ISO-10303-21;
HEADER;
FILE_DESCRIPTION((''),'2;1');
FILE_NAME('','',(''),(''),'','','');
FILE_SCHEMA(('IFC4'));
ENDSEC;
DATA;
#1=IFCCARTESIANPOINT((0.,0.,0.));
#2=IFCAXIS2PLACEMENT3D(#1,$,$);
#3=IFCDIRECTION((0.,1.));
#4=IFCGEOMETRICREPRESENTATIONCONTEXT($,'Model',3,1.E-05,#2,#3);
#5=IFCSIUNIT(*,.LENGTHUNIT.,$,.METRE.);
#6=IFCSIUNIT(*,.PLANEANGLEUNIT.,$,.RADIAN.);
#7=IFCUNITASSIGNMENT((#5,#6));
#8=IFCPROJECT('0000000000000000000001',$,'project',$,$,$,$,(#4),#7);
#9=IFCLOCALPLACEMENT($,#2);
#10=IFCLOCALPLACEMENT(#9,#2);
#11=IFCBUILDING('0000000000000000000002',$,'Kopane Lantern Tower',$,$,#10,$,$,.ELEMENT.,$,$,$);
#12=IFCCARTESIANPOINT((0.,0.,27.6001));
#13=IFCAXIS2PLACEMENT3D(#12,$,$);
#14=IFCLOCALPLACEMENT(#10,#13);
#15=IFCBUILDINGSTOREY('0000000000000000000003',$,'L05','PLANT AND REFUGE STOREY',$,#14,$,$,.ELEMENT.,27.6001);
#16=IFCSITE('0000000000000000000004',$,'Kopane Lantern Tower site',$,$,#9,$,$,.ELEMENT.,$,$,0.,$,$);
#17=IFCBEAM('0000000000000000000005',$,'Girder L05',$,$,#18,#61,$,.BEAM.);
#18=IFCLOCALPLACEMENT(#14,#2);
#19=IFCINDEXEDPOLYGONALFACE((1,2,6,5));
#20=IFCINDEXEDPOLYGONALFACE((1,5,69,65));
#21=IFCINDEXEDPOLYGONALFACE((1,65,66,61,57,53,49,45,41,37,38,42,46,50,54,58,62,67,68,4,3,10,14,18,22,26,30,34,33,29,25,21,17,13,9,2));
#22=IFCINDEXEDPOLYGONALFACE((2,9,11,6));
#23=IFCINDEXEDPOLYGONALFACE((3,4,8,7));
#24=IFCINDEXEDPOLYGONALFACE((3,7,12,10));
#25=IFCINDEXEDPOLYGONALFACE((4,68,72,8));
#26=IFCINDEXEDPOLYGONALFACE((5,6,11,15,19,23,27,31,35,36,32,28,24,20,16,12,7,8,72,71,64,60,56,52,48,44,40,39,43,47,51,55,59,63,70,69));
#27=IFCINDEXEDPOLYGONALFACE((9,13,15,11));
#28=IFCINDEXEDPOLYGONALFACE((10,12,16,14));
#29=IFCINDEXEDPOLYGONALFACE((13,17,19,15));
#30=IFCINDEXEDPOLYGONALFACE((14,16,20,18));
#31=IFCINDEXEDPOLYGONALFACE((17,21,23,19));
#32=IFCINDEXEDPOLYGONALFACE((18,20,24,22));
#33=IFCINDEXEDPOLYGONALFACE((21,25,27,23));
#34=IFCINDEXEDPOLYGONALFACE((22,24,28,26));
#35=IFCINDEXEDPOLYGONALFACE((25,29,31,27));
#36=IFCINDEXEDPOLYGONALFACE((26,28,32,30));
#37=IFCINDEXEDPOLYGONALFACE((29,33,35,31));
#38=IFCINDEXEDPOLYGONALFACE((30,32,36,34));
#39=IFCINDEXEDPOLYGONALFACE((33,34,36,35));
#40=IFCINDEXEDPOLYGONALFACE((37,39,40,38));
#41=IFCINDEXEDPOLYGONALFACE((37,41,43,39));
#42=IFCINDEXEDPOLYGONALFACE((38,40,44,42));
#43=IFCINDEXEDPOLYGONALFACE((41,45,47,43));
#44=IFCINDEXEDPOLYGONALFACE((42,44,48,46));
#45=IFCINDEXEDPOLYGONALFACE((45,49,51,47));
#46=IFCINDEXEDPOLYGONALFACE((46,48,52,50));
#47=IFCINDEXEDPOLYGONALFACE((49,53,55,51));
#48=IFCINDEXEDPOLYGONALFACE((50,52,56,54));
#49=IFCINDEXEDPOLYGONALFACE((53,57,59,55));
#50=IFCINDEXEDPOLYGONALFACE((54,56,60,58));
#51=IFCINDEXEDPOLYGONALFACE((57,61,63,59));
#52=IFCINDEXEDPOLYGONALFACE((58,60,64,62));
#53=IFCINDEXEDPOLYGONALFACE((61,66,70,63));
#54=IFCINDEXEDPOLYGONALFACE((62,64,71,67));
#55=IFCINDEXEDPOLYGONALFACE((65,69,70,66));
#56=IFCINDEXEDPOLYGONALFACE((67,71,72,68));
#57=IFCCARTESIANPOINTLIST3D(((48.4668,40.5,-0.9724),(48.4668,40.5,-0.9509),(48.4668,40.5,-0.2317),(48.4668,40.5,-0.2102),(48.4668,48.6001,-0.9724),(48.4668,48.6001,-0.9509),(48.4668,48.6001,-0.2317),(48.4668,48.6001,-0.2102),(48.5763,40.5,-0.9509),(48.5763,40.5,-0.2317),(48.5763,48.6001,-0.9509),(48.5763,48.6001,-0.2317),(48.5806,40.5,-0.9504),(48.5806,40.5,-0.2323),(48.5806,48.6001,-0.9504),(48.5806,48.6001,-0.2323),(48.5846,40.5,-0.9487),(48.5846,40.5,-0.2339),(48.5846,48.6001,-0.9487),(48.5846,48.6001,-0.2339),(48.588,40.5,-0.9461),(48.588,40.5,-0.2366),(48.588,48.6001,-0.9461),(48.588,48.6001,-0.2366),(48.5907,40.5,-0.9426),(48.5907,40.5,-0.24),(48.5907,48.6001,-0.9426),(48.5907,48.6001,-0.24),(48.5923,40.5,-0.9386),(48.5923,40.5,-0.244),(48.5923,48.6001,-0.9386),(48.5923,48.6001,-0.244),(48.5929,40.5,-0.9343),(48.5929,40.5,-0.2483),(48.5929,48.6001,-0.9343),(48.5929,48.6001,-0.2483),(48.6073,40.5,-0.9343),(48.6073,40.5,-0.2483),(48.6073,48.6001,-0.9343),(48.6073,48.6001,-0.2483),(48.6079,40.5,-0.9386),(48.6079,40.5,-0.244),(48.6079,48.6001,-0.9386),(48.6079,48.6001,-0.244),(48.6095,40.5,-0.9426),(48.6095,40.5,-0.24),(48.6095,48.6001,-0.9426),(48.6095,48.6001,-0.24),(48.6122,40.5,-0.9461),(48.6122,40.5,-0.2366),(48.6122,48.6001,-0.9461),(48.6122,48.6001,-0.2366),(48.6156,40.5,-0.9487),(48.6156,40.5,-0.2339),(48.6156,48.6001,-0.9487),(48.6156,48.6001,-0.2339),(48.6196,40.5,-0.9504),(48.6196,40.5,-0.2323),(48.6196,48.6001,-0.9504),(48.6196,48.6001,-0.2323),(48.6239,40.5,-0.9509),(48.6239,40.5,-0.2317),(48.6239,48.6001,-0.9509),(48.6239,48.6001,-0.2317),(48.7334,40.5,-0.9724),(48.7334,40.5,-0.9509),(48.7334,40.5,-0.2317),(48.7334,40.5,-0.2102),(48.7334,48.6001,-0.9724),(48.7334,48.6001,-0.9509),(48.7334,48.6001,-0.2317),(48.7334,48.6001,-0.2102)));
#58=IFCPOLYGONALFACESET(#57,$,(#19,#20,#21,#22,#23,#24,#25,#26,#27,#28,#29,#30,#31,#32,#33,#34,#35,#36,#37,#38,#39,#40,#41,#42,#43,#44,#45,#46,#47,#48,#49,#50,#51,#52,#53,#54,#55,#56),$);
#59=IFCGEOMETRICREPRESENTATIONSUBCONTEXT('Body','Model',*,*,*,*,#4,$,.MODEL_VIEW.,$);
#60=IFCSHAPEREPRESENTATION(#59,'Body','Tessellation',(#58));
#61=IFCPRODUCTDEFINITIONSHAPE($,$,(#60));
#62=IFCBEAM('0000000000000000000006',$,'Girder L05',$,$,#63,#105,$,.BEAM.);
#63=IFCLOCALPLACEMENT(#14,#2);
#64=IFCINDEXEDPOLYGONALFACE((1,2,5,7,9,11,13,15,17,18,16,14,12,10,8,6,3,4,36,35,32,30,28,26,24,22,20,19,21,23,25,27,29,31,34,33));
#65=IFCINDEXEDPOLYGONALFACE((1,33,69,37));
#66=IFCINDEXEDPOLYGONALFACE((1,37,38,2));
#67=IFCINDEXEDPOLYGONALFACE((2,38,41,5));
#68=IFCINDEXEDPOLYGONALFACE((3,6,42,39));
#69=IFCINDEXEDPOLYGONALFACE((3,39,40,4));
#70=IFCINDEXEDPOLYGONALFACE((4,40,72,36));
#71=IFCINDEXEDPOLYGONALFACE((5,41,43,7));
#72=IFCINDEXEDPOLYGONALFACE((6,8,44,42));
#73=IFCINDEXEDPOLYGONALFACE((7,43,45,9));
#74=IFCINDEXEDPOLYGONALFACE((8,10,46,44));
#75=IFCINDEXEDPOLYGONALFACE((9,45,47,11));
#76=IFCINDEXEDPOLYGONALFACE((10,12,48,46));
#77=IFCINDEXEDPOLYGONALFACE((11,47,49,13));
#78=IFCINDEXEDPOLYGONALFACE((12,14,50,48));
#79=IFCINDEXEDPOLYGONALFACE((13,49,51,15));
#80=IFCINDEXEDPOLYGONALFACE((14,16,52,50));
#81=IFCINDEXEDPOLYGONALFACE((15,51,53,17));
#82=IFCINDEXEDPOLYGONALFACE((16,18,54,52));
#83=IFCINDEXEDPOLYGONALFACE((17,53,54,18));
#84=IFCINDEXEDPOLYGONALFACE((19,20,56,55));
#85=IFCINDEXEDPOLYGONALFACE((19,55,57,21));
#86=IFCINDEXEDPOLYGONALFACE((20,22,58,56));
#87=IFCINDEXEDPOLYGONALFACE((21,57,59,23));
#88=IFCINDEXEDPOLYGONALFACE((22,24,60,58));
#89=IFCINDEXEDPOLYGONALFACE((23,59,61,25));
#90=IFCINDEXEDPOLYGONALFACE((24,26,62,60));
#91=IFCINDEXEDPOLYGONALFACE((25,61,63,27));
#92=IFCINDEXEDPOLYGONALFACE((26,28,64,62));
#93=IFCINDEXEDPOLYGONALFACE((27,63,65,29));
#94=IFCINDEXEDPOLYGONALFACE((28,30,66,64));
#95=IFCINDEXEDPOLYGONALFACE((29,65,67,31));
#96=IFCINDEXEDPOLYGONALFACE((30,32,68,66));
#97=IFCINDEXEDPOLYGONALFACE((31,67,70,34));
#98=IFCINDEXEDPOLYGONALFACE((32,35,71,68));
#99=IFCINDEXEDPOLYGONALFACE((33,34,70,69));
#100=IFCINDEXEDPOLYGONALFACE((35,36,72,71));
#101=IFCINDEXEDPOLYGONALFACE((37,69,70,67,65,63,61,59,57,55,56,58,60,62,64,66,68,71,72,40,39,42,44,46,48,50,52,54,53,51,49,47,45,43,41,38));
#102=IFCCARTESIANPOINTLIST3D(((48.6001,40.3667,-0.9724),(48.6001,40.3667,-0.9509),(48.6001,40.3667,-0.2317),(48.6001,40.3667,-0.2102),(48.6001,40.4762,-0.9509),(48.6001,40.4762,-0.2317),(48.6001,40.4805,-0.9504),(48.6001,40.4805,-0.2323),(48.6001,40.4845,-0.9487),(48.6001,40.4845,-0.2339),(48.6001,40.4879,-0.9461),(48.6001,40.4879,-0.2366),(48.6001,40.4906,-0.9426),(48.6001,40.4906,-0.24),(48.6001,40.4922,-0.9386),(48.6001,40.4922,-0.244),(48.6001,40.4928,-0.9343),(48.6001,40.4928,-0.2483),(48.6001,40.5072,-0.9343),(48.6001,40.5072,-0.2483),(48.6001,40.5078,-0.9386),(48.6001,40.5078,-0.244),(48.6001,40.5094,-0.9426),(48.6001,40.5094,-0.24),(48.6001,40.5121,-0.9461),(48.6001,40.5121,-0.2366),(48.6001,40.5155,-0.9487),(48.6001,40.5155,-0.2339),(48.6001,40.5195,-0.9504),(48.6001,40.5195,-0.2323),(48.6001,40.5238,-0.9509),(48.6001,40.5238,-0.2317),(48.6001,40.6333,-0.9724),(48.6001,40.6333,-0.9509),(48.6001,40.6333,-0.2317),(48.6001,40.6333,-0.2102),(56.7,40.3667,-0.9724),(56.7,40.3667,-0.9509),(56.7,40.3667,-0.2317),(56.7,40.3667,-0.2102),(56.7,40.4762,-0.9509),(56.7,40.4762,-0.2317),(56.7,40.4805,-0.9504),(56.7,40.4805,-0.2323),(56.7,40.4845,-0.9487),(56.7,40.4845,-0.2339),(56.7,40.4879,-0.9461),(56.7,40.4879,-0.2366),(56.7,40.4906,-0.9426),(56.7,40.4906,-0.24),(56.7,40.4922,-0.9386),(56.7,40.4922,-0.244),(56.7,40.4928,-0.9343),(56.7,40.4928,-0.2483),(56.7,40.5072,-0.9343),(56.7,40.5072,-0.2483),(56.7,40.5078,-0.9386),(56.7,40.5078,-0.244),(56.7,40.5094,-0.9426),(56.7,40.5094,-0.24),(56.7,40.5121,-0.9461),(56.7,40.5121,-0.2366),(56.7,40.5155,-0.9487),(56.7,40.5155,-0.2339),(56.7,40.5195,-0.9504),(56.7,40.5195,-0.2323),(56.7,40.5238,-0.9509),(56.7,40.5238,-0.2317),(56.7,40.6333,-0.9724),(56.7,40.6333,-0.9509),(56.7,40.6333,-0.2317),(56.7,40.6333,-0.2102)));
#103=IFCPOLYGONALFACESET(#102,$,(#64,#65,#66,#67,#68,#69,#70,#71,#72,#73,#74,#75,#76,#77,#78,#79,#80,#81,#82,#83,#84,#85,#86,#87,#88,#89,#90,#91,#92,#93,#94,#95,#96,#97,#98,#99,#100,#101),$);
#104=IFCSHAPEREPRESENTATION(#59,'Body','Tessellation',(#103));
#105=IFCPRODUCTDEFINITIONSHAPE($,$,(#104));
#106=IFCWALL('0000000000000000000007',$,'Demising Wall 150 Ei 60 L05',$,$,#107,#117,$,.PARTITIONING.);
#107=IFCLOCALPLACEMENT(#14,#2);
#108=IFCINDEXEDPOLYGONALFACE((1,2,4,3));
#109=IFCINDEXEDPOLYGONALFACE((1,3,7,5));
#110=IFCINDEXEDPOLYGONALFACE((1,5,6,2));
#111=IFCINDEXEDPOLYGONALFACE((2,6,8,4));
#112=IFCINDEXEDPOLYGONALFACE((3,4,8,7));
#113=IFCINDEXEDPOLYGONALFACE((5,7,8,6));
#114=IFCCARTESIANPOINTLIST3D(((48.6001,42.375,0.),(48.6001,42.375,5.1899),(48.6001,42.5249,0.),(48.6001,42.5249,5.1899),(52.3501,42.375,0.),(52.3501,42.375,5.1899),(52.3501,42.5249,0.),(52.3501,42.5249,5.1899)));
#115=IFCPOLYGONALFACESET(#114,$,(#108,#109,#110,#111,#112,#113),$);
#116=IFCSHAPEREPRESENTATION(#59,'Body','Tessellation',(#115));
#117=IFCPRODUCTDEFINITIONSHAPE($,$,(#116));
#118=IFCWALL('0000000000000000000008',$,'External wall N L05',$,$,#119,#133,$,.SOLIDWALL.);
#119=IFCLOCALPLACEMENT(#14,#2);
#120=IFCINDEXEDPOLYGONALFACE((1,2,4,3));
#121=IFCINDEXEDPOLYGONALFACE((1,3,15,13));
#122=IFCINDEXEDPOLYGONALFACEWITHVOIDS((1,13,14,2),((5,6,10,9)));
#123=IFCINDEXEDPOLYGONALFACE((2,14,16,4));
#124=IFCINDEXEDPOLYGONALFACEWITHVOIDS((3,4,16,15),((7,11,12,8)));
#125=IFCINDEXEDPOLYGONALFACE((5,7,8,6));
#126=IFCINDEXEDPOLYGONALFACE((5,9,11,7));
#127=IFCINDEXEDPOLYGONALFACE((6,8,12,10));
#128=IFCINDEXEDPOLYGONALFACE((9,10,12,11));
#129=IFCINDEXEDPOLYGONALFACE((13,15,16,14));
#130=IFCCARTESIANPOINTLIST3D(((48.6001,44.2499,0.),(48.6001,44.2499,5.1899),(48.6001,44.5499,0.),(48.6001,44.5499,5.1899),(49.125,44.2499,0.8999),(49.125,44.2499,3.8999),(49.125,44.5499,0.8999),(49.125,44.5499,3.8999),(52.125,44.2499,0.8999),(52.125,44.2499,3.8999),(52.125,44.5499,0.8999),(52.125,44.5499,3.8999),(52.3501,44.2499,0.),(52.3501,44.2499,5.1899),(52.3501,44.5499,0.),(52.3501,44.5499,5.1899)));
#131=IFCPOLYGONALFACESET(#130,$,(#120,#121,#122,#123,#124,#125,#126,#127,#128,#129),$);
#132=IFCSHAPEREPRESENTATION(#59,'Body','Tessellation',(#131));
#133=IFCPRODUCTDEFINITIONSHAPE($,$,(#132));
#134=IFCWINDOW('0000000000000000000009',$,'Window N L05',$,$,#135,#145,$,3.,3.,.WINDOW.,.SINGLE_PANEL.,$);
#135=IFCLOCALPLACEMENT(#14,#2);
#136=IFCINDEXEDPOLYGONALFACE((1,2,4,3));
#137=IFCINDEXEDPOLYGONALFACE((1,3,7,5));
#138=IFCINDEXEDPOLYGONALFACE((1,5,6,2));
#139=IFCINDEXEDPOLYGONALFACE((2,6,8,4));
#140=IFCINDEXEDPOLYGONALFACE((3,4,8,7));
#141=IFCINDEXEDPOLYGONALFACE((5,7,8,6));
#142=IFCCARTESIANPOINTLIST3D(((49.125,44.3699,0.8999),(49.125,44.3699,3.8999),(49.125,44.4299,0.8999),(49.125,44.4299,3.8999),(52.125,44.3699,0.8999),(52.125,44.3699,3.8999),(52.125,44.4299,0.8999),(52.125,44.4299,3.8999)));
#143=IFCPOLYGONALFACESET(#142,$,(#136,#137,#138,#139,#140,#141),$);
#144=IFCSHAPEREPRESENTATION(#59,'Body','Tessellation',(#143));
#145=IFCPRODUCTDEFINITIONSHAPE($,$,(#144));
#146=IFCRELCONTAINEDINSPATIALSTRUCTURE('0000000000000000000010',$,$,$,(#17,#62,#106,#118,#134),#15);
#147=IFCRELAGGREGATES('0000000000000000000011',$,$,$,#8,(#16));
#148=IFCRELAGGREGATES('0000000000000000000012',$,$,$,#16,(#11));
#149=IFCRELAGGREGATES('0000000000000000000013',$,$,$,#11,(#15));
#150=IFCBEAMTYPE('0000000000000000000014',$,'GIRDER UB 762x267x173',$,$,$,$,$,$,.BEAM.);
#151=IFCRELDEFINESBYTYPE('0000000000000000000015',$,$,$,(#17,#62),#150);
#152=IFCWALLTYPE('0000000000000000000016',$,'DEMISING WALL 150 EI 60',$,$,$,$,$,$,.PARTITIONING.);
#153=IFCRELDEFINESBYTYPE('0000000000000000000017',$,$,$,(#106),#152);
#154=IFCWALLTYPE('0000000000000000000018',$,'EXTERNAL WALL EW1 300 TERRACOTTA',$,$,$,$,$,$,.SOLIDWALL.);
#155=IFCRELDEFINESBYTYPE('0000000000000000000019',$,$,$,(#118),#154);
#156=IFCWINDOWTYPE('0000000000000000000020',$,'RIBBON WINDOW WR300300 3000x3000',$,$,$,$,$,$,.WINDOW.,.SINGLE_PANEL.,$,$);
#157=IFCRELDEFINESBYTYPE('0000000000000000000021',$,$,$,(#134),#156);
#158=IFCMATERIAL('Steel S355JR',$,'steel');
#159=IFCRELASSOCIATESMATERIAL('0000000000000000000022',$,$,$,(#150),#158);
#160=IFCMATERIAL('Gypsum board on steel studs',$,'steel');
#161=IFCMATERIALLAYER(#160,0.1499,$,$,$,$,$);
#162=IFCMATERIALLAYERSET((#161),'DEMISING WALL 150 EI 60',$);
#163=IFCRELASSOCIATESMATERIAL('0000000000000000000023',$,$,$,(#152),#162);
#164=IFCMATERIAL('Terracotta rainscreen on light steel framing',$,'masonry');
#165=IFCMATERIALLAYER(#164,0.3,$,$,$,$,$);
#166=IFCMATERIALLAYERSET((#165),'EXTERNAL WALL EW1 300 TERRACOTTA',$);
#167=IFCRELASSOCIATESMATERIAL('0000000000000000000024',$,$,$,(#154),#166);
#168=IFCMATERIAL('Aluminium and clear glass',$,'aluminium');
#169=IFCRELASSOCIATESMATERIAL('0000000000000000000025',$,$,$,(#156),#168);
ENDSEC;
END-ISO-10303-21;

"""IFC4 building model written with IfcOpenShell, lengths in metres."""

from ifc_helpers import new_model, si_unit, direction, frame, frame_2d, origin, origin_2d, place, context, subcontext, project, spatial, rectangle, i_section, extrude, material, layer, layer_set, material_profile, profile_set, type_object, element, fill, save


model = new_model("IFC4")

# Units and contexts
model_context = context("Model", 3, precision=1e-05, world=origin(), true_north=direction((0.0, 1.0)))
body_context = subcontext(model_context, "Body", "Model", "MODEL_VIEW")
ifc_project = project(units=[si_unit("LENGTHUNIT", "METRE"), si_unit("PLANEANGLEUNIT", "RADIAN")], contexts=[model_context])

# Site, building, storey
site_placement = place(None, origin())
site = spatial("IfcSite", under=ifc_project, at=site_placement, Name="Kopane Lantern Tower site", CompositionType="ELEMENT", RefElevation=0.0)
building_placement = place(site_placement, origin())
building = spatial("IfcBuilding", under=site, at=building_placement, Name="Kopane Lantern Tower", CompositionType="ELEMENT")
storey_placement = place(building_placement, frame((0.0, 0.0, 27.6001)))
storey = spatial("IfcBuildingStorey", under=building, at=storey_placement, Name="L05", Description="PLANT AND REFUGE STOREY", CompositionType="ELEMENT", Elevation=27.6001)

# Beams
ifc_material_1 = material(Name="Steel S355JR", Category="steel")
ifc_material_profile_1 = material_profile(ifc_material_1, i_section(OverallWidth=0.2666, OverallDepth=0.7622, WebThickness=0.0144, FlangeThickness=0.0215, FilletRadius=0.0166, at=origin_2d()), Name="UB 762x267x173")
ifc_profile_set_1 = profile_set([ifc_material_profile_1], Name="Steel S355JR")
beam_type_1 = type_object("IfcBeamType", Name="GIRDER UB 762x267x173", PredefinedType="BEAM", material=ifc_profile_set_1)
beam_1_placement = place(storey_placement, frame((48.6001, 40.5, -0.5913), z_axis=(0.0, 1.0, 0.0), x_axis=(-1.0, 0.0, 0.0)))
element("IfcBeam", 1, at=beam_1_placement, inside=storey, type_object=beam_type_1, Name="Girder L05", PredefinedType="BEAM", context=body_context, shape_type="SweptSolid", body=[
    extrude(i_section(OverallWidth=0.2666, OverallDepth=0.7622, WebThickness=0.0144, FlangeThickness=0.0215, FilletRadius=0.0166, at=origin_2d()), origin(), (0.0, 0.0, 1.0), 8.1001),
])
beam_2_placement = place(storey_placement, frame((48.6001, 40.5, -0.5913), z_axis=(1.0, 0.0, 0.0), x_axis=(0.0, 1.0, 0.0)))
element("IfcBeam", 2, at=beam_2_placement, inside=storey, type_object=beam_type_1, Name="Girder L05", PredefinedType="BEAM", context=body_context, shape_type="SweptSolid", body=[
    extrude(i_section(OverallWidth=0.2666, OverallDepth=0.7622, WebThickness=0.0144, FlangeThickness=0.0215, FilletRadius=0.0166, at=origin_2d()), origin(), (0.0, 0.0, 1.0), 8.0999),
])

# Wall
ifc_material_2 = material(Name="Gypsum board on steel studs", Category="steel")
ifc_layer_1 = layer(ifc_material_2, 0.1499)
ifc_layer_set_1 = layer_set([ifc_layer_1], Name="DEMISING WALL 150 EI 60")
wall_type_1 = type_object("IfcWallType", Name="DEMISING WALL 150 EI 60", PredefinedType="PARTITIONING", material=ifc_layer_set_1)
wall_1_placement = place(storey_placement, frame((48.6001, 42.45, 0.0), z_axis=(0.0, 0.0, 1.0), x_axis=(1.0, 0.0, 0.0)))
element("IfcWall", 3, at=wall_1_placement, inside=storey, type_object=wall_type_1, Name="Demising Wall 150 Ei 60 L05", PredefinedType="PARTITIONING", context=body_context, shape_type="SweptSolid", body=[
    extrude(rectangle(XDim=3.75, YDim=0.1499, at=frame_2d((1.875, 0.0))), origin(), (0.0, 0.0, 1.0), 5.1899),
])

# Wall, opening, window
ifc_material_3 = material(Name="Terracotta rainscreen on light steel framing", Category="masonry")
ifc_layer_2 = layer(ifc_material_3, 0.3)
ifc_layer_set_2 = layer_set([ifc_layer_2], Name="EXTERNAL WALL EW1 300 TERRACOTTA")
wall_type_2 = type_object("IfcWallType", Name="EXTERNAL WALL EW1 300 TERRACOTTA", PredefinedType="SOLIDWALL", material=ifc_layer_set_2)
wall_2_placement = place(storey_placement, frame((52.3501, 44.3999, 0.0), z_axis=(0.0, 0.0, 1.0), x_axis=(-1.0, 0.0, 0.0)))
wall_2 = element("IfcWall", 4, at=wall_2_placement, inside=storey, type_object=wall_type_2, Name="External wall N L05", PredefinedType="SOLIDWALL", context=body_context, shape_type="SweptSolid", body=[
    extrude(rectangle(XDim=3.75, YDim=0.3, at=frame_2d((1.875, 0.0))), origin(), (0.0, 0.0, 1.0), 5.1899),
])
opening_placement = place(wall_2_placement, frame((0.2251, 0.0, 0.8999)))
opening = element("IfcOpeningElement", 5, at=opening_placement, cuts=wall_2, PredefinedType="OPENING", context=body_context, shape_type="SweptSolid", body=[
    extrude(rectangle(XDim=3.0, YDim=3.0, at=frame_2d((1.5, 1.5))), frame((0.0, 0.1599, 0.0), z_axis=(0.0, -1.0, 0.0), x_axis=(1.0, 0.0, 0.0)), (0.0, 0.0, 1.0), 0.3201),
])
ifc_material_4 = material(Name="Aluminium and clear glass", Category="aluminium")
window_type = type_object("IfcWindowType", Name="RIBBON WINDOW WR300300 3000x3000", PartitioningType="SINGLE_PANEL", PredefinedType="WINDOW", material=ifc_material_4)
window_placement = place(opening_placement, origin())
window = element("IfcWindow", 6, at=window_placement, inside=storey, type_object=window_type, Name="Window N L05", OverallHeight=3.0, OverallWidth=3.0, PartitioningType="SINGLE_PANEL", PredefinedType="WINDOW", context=body_context, shape_type="SweptSolid", body=[
    extrude(rectangle(XDim=3.0, YDim=3.0, at=frame_2d((1.5, 1.5))), frame((0.0, 0.03, 0.0), z_axis=(0.0, -1.0, 0.0), x_axis=(1.0, 0.0, 0.0)), (0.0, 0.0, 1.0), 0.0601),
])
fill(opening, window)

save(model, "model.ifc")
